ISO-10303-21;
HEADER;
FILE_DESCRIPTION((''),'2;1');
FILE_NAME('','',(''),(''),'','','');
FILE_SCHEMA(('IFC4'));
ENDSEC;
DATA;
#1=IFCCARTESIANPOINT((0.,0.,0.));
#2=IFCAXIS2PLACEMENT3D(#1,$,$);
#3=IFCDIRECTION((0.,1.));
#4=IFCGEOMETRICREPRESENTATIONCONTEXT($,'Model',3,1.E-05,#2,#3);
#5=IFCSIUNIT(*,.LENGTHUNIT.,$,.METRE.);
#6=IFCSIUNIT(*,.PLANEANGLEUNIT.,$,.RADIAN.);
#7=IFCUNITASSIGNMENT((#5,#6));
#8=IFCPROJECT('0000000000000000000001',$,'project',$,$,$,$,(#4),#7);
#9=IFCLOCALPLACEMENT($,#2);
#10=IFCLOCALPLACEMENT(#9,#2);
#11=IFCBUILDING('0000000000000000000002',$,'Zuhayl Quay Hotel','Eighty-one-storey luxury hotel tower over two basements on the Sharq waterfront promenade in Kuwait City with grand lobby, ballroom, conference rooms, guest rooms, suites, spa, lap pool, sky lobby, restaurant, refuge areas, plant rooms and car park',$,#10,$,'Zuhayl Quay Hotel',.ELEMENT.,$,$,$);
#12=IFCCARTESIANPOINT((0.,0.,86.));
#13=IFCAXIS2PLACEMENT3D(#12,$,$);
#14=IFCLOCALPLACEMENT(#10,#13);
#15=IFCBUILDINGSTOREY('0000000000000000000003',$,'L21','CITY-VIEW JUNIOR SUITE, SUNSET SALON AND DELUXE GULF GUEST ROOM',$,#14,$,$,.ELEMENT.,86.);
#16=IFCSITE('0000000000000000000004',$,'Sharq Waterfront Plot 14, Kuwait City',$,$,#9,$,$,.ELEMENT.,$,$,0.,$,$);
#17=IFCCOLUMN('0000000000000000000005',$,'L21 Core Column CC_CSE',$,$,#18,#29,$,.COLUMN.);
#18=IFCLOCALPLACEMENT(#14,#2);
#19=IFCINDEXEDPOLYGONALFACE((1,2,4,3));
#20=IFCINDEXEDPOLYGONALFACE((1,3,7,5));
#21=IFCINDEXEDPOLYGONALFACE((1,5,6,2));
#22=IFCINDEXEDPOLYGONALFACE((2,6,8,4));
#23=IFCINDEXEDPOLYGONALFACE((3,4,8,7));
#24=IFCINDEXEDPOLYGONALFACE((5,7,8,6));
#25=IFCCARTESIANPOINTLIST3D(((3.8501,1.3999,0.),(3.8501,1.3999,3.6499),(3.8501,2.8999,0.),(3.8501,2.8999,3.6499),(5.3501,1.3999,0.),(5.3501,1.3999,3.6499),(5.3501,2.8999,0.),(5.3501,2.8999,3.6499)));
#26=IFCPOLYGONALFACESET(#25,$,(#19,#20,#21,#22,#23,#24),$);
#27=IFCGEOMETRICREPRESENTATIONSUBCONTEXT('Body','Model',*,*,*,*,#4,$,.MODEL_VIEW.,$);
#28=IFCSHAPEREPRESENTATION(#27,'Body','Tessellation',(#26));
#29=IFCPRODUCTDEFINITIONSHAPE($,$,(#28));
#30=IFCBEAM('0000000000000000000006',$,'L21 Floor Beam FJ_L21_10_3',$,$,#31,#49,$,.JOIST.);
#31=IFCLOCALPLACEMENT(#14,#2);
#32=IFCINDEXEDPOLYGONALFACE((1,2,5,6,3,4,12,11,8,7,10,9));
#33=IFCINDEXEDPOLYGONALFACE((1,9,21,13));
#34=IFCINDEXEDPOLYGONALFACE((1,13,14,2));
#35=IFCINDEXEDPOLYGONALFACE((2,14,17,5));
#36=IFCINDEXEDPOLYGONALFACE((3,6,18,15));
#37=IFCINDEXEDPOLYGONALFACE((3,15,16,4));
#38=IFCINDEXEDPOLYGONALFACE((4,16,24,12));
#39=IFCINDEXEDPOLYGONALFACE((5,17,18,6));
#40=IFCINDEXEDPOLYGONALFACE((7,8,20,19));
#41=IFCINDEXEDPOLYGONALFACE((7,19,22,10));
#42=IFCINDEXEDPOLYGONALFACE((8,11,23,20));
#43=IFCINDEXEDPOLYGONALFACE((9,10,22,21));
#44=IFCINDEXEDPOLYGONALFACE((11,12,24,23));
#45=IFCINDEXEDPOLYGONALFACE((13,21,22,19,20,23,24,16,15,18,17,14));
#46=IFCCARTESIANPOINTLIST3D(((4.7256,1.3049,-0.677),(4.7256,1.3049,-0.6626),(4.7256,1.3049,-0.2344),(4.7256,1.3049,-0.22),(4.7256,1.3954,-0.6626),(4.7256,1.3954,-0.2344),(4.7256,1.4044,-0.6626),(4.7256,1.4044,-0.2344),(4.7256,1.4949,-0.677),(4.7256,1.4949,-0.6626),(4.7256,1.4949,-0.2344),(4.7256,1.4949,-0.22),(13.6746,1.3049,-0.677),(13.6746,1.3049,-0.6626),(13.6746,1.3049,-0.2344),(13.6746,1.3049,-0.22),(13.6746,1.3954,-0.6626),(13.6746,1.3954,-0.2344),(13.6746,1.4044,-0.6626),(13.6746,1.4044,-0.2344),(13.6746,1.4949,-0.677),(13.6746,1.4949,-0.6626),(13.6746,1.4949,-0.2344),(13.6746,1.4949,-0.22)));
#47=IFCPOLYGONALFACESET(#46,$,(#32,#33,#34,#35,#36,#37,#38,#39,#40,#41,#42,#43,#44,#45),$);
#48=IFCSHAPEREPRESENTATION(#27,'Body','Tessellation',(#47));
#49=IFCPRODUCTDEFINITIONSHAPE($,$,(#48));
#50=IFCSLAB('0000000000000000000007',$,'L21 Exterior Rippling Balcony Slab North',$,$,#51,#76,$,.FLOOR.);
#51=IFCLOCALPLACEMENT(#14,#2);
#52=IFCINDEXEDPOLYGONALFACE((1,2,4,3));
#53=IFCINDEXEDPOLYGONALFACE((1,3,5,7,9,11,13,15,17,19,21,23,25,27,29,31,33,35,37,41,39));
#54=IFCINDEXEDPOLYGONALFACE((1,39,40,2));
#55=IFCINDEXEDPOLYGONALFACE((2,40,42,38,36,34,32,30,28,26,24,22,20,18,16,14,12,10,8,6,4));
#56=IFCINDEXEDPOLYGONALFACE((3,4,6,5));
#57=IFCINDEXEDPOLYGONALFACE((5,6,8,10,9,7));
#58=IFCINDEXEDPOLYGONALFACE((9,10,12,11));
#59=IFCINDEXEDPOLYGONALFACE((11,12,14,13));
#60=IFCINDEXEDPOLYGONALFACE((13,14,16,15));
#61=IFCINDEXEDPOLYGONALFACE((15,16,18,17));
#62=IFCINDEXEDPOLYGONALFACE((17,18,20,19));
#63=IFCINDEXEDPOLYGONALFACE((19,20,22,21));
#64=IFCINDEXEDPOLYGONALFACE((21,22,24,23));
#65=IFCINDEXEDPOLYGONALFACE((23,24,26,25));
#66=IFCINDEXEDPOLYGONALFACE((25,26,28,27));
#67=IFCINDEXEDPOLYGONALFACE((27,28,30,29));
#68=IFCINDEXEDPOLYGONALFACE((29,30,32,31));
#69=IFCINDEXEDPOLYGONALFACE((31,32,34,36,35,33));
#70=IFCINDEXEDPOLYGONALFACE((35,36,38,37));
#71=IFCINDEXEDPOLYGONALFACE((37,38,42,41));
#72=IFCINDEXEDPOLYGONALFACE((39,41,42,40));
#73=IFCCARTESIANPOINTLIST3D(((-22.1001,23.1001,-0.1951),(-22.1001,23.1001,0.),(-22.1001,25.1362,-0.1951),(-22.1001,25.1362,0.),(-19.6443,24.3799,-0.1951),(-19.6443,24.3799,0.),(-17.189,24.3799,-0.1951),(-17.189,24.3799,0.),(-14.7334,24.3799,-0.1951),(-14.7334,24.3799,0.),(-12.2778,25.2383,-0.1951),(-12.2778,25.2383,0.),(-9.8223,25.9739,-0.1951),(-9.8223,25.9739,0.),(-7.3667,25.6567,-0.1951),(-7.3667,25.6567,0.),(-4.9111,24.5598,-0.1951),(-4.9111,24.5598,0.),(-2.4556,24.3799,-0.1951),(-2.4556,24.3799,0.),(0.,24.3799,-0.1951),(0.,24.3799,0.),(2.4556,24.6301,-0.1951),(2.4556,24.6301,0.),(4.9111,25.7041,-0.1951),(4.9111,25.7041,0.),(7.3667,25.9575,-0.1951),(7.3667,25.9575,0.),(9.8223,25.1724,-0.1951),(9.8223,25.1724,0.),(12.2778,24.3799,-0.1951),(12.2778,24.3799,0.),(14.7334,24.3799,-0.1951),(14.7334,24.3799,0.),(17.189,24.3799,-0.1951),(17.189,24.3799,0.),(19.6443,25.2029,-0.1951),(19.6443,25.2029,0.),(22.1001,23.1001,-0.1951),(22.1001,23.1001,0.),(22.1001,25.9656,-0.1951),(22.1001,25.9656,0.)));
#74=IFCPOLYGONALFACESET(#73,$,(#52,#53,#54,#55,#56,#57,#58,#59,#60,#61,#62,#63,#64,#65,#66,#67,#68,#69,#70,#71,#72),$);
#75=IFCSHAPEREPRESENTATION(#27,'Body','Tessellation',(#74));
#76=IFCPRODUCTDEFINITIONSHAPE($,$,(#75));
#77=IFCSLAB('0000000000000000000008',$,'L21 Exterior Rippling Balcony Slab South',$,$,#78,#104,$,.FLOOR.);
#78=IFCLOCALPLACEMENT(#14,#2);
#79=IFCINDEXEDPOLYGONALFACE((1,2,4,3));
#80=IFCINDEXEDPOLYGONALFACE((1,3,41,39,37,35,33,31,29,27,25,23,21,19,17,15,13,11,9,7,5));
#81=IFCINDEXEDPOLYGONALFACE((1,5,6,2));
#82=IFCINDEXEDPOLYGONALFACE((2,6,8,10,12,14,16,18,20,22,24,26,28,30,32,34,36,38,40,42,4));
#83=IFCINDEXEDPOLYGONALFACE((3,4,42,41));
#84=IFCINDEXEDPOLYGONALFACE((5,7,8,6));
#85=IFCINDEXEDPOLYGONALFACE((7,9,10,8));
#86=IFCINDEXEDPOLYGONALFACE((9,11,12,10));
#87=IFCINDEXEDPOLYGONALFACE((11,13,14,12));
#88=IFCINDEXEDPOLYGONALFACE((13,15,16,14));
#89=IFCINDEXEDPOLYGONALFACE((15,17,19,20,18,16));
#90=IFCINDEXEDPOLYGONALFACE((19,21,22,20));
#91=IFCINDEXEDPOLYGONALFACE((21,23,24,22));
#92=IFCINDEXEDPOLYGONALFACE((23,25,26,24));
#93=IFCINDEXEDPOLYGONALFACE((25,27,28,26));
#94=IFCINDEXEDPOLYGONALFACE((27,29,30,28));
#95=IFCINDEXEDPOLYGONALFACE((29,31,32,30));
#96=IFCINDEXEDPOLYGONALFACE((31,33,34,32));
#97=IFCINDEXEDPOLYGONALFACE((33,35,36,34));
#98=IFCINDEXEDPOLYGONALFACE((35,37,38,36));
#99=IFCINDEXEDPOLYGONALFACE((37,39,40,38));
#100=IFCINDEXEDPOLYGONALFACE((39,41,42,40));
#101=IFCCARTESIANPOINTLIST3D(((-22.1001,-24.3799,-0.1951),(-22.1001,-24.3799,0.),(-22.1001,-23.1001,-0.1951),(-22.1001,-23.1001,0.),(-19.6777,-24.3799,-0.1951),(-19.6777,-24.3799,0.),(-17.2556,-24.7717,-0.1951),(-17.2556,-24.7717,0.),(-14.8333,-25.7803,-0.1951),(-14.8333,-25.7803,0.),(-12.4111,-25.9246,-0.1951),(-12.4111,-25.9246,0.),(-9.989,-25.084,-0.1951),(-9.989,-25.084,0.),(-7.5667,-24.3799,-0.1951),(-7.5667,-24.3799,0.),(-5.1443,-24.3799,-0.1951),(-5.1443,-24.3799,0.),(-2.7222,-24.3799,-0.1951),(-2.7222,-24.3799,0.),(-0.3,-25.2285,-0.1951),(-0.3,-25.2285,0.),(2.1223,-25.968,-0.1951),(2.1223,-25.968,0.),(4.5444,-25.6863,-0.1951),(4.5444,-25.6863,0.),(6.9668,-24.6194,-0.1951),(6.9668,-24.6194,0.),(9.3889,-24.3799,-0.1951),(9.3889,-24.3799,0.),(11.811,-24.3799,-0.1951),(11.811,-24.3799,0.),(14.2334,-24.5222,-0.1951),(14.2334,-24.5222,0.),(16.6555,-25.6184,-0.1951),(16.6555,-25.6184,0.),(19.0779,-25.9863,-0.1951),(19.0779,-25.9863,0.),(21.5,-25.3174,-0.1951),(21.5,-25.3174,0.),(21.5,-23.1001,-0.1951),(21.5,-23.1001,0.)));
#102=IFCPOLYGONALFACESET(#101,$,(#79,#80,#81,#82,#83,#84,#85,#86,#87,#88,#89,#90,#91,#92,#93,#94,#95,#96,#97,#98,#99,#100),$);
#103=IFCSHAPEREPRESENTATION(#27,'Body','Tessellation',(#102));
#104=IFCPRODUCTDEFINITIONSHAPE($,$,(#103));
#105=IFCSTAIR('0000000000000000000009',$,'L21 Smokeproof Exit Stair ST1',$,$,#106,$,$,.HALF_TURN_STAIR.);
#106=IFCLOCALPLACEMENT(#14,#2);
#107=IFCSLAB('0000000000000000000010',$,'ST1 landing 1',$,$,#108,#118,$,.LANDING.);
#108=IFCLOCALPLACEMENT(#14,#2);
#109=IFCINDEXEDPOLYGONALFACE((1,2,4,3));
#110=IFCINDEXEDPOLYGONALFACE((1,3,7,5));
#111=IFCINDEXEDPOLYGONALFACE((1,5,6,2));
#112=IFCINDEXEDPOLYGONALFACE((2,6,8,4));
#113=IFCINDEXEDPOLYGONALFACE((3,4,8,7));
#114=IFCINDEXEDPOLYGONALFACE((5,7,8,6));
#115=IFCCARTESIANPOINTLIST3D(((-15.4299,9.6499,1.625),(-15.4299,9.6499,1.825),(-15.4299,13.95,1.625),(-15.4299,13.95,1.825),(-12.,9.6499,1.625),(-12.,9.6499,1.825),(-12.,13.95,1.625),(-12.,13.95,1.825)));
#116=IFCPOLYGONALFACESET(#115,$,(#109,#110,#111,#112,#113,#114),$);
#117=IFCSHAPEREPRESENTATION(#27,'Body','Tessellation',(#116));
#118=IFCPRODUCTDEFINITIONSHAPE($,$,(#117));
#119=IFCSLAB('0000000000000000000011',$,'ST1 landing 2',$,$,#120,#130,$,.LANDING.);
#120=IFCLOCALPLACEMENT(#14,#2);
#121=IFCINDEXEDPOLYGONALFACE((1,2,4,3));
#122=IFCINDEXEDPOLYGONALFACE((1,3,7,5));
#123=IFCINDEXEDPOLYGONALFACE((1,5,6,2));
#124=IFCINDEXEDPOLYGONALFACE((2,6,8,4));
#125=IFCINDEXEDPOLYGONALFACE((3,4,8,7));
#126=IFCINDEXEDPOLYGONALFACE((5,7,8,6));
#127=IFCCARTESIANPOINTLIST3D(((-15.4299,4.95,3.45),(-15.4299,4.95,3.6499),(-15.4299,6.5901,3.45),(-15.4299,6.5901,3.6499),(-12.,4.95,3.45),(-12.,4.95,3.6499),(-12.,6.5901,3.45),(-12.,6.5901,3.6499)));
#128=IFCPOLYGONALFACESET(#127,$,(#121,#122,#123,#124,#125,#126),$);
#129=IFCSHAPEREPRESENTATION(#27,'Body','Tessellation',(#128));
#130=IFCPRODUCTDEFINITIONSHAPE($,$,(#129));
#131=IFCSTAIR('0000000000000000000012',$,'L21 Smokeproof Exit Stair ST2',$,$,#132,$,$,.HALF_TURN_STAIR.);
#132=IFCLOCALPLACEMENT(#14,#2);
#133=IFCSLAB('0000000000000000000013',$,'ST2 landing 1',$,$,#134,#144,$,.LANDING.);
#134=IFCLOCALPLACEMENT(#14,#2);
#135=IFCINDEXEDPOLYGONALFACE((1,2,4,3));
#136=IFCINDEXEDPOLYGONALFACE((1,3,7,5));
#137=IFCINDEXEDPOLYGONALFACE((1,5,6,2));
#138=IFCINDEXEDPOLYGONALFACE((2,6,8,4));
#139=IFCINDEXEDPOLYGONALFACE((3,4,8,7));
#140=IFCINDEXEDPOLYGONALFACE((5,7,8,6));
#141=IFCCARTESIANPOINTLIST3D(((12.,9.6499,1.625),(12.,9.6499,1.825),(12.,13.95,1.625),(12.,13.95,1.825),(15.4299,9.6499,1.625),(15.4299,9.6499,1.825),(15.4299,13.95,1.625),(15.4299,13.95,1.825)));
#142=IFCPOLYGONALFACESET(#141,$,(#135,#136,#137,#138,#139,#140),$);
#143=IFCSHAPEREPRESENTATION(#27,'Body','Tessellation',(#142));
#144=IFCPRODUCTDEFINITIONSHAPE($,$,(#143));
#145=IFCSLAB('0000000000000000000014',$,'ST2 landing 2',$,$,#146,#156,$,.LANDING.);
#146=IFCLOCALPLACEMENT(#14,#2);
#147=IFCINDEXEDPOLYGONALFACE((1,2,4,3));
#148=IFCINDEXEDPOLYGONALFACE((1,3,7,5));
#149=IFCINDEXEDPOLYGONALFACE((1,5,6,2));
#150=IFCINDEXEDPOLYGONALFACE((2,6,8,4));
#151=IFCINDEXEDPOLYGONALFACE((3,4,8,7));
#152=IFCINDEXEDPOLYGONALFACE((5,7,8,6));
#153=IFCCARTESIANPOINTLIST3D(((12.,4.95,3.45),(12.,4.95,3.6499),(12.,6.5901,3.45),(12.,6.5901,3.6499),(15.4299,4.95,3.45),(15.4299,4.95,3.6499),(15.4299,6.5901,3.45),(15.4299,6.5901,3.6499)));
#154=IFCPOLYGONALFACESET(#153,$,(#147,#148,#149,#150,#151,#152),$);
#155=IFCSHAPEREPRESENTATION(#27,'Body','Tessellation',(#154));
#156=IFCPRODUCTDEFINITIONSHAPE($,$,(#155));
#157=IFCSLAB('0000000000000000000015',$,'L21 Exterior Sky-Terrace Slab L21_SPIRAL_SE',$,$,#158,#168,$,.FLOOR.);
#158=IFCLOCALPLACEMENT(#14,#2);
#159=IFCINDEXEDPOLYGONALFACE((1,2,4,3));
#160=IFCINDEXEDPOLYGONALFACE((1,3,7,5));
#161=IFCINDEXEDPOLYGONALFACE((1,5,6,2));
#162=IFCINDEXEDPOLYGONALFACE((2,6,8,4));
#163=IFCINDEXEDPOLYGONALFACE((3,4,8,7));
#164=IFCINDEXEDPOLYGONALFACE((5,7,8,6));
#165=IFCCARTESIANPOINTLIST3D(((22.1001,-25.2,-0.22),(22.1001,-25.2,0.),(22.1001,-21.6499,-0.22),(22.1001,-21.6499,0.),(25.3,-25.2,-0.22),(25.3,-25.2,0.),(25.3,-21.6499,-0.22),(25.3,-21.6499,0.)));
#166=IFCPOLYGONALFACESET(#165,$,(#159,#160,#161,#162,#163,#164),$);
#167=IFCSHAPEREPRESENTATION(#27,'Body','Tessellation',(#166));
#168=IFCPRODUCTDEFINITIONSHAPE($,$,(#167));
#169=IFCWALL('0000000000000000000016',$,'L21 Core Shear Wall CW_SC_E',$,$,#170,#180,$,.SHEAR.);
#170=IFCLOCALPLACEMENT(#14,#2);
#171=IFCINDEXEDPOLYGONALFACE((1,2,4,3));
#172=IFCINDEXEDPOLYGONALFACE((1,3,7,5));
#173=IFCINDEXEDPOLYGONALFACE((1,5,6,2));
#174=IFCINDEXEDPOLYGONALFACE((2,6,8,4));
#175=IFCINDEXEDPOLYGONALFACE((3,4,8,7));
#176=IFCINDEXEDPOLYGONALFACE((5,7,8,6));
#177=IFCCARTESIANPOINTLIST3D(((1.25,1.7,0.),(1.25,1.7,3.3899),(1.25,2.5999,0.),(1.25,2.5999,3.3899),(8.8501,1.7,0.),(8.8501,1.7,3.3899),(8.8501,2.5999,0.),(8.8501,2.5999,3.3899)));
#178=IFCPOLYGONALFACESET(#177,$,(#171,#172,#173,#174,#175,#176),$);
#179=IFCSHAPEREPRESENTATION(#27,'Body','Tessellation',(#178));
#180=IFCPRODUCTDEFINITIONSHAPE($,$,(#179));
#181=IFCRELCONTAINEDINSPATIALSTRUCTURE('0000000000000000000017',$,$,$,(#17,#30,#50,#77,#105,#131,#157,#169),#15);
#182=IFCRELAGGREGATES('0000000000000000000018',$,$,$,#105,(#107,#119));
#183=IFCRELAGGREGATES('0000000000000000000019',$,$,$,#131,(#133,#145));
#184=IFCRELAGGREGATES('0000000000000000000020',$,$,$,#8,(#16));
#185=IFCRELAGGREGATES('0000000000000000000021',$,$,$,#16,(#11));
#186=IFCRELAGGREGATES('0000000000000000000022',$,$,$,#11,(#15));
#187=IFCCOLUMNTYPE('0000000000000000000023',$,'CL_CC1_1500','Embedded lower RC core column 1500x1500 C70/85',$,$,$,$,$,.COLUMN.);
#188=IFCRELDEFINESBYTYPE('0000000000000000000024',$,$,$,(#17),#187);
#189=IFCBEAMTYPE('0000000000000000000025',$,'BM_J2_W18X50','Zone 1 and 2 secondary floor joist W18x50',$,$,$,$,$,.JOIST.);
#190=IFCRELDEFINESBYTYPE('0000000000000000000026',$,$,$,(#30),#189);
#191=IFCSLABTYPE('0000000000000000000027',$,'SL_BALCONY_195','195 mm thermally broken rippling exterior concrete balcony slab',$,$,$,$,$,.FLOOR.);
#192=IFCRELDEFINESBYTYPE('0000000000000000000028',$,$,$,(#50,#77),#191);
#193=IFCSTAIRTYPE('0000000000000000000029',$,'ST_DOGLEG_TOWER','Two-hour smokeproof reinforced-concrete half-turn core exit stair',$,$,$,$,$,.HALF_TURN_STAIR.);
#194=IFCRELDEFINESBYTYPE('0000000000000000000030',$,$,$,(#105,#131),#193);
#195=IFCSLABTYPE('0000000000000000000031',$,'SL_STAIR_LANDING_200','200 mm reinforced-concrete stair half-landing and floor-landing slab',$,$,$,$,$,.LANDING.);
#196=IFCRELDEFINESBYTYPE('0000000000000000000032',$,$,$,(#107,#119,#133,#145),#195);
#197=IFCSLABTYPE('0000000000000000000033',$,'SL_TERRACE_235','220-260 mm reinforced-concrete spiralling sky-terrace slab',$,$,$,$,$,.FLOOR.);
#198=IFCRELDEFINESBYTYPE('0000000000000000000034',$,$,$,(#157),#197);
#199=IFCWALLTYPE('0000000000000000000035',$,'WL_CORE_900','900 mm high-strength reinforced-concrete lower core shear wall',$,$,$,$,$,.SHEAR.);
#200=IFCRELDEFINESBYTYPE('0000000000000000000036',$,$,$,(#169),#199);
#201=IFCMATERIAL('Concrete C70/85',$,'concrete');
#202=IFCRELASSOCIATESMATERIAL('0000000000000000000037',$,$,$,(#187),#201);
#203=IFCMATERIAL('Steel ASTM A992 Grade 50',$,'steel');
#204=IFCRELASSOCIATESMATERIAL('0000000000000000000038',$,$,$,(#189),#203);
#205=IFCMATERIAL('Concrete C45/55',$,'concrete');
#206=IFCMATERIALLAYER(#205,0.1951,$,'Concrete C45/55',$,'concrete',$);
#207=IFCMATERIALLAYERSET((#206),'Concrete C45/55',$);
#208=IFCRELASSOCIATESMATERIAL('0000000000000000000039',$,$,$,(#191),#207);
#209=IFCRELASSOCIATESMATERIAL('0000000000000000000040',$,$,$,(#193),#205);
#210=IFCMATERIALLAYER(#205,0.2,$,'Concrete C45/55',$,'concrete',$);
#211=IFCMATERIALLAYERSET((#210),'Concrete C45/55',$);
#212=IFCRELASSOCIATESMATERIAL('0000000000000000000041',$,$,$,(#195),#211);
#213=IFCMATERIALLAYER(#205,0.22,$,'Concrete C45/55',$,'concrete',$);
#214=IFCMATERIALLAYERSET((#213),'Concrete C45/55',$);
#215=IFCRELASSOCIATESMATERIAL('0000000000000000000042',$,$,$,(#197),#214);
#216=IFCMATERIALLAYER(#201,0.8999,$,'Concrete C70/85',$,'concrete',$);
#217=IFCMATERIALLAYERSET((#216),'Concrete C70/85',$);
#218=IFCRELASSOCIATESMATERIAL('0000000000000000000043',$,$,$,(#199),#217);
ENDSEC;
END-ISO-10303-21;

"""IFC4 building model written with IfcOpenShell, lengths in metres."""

from ifc_helpers import new_model, si_unit, direction, frame, frame_2d, origin, origin_2d, place, context, subcontext, project, spatial, polyline, rectangle, i_section, outline, extrude, material, layer, layer_set, material_profile, profile_set, type_object, element, aggregate, save


model = new_model("IFC4")

# Units and contexts
model_context = context("Model", 3, precision=1e-05, world=origin(), true_north=direction((0.0, 1.0)))
body_context = subcontext(model_context, "Body", "Model", "MODEL_VIEW")
ifc_project = project(units=[si_unit("LENGTHUNIT", "METRE"), si_unit("PLANEANGLEUNIT", "RADIAN")], contexts=[model_context])

# Site, building, storey
site_placement = place(None, origin())
site = spatial("IfcSite", under=ifc_project, at=site_placement, Name="Sharq Waterfront Plot 14, Kuwait City", CompositionType="ELEMENT", RefElevation=0.0)
building_placement = place(site_placement, origin())
building = spatial("IfcBuilding", under=site, at=building_placement, Name="Zuhayl Quay Hotel", Description="Eighty-one-storey luxury hotel tower over two basements on the Sharq waterfront promenade in Kuwait City with grand lobby, ballroom, conference rooms, guest rooms, suites, spa, lap pool, sky lobby, restaurant, refuge areas, plant rooms and car park", LongName="Zuhayl Quay Hotel", CompositionType="ELEMENT")
storey_placement = place(building_placement, frame((0.0, 0.0, 86.0)))
storey = spatial("IfcBuildingStorey", under=building, at=storey_placement, Name="L21", Description="CITY-VIEW JUNIOR SUITE, SUNSET SALON AND DELUXE GULF GUEST ROOM", CompositionType="ELEMENT", Elevation=86.0)

# Column
ifc_material_1 = material(Name="Concrete C70/85", Category="concrete")
ifc_material_profile_1 = material_profile(ifc_material_1, rectangle(XDim=1.5, YDim=1.5, at=origin_2d()), Name="RC1500X1500")
ifc_profile_set_1 = profile_set([ifc_material_profile_1], Name="Concrete C70/85")
column_type = type_object("IfcColumnType", Name="CL_CC1_1500", Description="Embedded lower RC core column 1500x1500 C70/85", PredefinedType="COLUMN", material=ifc_profile_set_1)
column_placement = place(storey_placement, frame((4.6001, 2.1499, 0.0), z_axis=(0.0, 0.0, 1.0), x_axis=(1.0, 0.0, 0.0)))
element("IfcColumn", 1, at=column_placement, inside=storey, type_object=column_type, Name="L21 Core Column CC_CSE", PredefinedType="COLUMN", context=body_context, shape_type="SweptSolid", body=[
    extrude(rectangle(XDim=1.5, YDim=1.5, at=origin_2d()), origin(), (0.0, 0.0, 1.0), 3.6499),
])

# Beam
ifc_material_2 = material(Name="Steel ASTM A992 Grade 50", Category="steel")
ifc_material_profile_2 = material_profile(ifc_material_2, i_section(OverallWidth=0.1899, OverallDepth=0.457, WebThickness=0.009, FlangeThickness=0.0144, at=origin_2d()), Name="W18X50")
ifc_profile_set_2 = profile_set([ifc_material_profile_2], Name="Steel ASTM A992 Grade 50")
beam_type = type_object("IfcBeamType", Name="BM_J2_W18X50", Description="Zone 1 and 2 secondary floor joist W18x50", PredefinedType="JOIST", material=ifc_profile_set_2)
beam_placement = place(storey_placement, frame((4.7256, 1.3999, -0.4485), z_axis=(1.0, 0.0, 0.0), x_axis=(0.0, 1.0, 0.0)))
element("IfcBeam", 2, at=beam_placement, inside=storey, type_object=beam_type, Name="L21 Floor Beam FJ_L21_10_3", PredefinedType="JOIST", context=body_context, shape_type="SweptSolid", body=[
    extrude(i_section(OverallWidth=0.1899, OverallDepth=0.457, WebThickness=0.009, FlangeThickness=0.0144, at=origin_2d()), origin(), (0.0, 0.0, 1.0), 8.949),
])

# Slabs
ifc_material_3 = material(Name="Concrete C45/55", Category="concrete")
ifc_layer_1 = layer(ifc_material_3, 0.1951, Name="Concrete C45/55", Category="concrete")
ifc_layer_set_1 = layer_set([ifc_layer_1], Name="Concrete C45/55")
slab_type_1 = type_object("IfcSlabType", Name="SL_BALCONY_195", Description="195 mm thermally broken rippling exterior concrete balcony slab", PredefinedType="FLOOR", material=ifc_layer_set_1)
slab_1_placement = place(storey_placement, frame((0.0, 0.0, -0.1951)))
element("IfcSlab", 3, at=slab_1_placement, inside=storey, type_object=slab_type_1, Name="L21 Exterior Rippling Balcony Slab North", PredefinedType="FLOOR", context=body_context, shape_type="SweptSolid", body=[
    extrude(outline(polyline([(-22.1001, 23.1001), (22.1001, 23.1001), (22.1001, 25.9656), (19.6443, 25.2029), (17.189, 24.3799), (14.7334, 24.3799), (12.2778, 24.3799), (9.8223, 25.1724), (7.3667, 25.9575), (4.9111, 25.7041), (2.4556, 24.6301), (0.0, 24.3799), (-2.4556, 24.3799), (-4.9111, 24.5598), (-7.3667, 25.6567), (-9.8223, 25.9739), (-12.2778, 25.2383), (-14.7334, 24.3799), (-17.189, 24.3799), (-19.6443, 24.3799), (-22.1001, 25.1362), (-22.1001, 23.1001)])), origin(), (0.0, 0.0, 1.0), 0.1951),
])
slab_2_placement = place(storey_placement, frame((0.0, 0.0, -0.1951)))
element("IfcSlab", 4, at=slab_2_placement, inside=storey, type_object=slab_type_1, Name="L21 Exterior Rippling Balcony Slab South", PredefinedType="FLOOR", context=body_context, shape_type="SweptSolid", body=[
    extrude(outline(polyline([(-22.1001, -24.3799), (-19.6777, -24.3799), (-17.2556, -24.7717), (-14.8333, -25.7803), (-12.4111, -25.9246), (-9.989, -25.084), (-7.5667, -24.3799), (-5.1443, -24.3799), (-2.7222, -24.3799), (-0.3, -25.2285), (2.1223, -25.968), (4.5444, -25.6863), (6.9668, -24.6194), (9.3889, -24.3799), (11.811, -24.3799), (14.2334, -24.5222), (16.6555, -25.6184), (19.0779, -25.9863), (21.5, -25.3174), (21.5, -23.1001), (-22.1001, -23.1001), (-22.1001, -24.3799)])), origin(), (0.0, 0.0, 1.0), 0.1951),
])

# Stairs, slabs
stair_type = type_object("IfcStairType", Name="ST_DOGLEG_TOWER", Description="Two-hour smokeproof reinforced-concrete half-turn core exit stair", PredefinedType="HALF_TURN_STAIR", material=ifc_material_3)
stair_1_placement = place(storey_placement, origin())
stair_1 = element("IfcStair", 5, at=stair_1_placement, inside=storey, type_object=stair_type, Name="L21 Smokeproof Exit Stair ST1", PredefinedType="HALF_TURN_STAIR")
ifc_layer_2 = layer(ifc_material_3, 0.2, Name="Concrete C45/55", Category="concrete")
ifc_layer_set_2 = layer_set([ifc_layer_2], Name="Concrete C45/55")
slab_type_2 = type_object("IfcSlabType", Name="SL_STAIR_LANDING_200", Description="200 mm reinforced-concrete stair half-landing and floor-landing slab", PredefinedType="LANDING", material=ifc_layer_set_2)
slab_3_placement = place(storey_placement, frame((0.0, 0.0, 1.625)))
slab_3 = element("IfcSlab", 6, at=slab_3_placement, type_object=slab_type_2, Name="ST1 landing 1", PredefinedType="LANDING", context=body_context, shape_type="SweptSolid", body=[
    extrude(outline(polyline([(-12.0, 9.6499), (-12.0, 13.95), (-15.4299, 13.95), (-15.4299, 9.6499), (-12.0, 9.6499)])), origin(), (0.0, 0.0, 1.0), 0.2),
])
slab_4_placement = place(storey_placement, frame((0.0, 0.0, 3.45)))
slab_4 = element("IfcSlab", 7, at=slab_4_placement, type_object=slab_type_2, Name="ST1 landing 2", PredefinedType="LANDING", context=body_context, shape_type="SweptSolid", body=[
    extrude(outline(polyline([(-12.0, 4.95), (-12.0, 6.5901), (-15.4299, 6.5901), (-15.4299, 4.95), (-12.0, 4.95)])), origin(), (0.0, 0.0, 1.0), 0.2),
])
aggregate(stair_1, [slab_3, slab_4])
stair_2_placement = place(storey_placement, origin())
stair_2 = element("IfcStair", 8, at=stair_2_placement, inside=storey, type_object=stair_type, Name="L21 Smokeproof Exit Stair ST2", PredefinedType="HALF_TURN_STAIR")
slab_5_placement = place(storey_placement, frame((0.0, 0.0, 1.625)))
slab_5 = element("IfcSlab", 9, at=slab_5_placement, type_object=slab_type_2, Name="ST2 landing 1", PredefinedType="LANDING", context=body_context, shape_type="SweptSolid", body=[
    extrude(outline(polyline([(15.4299, 9.6499), (15.4299, 13.95), (12.0, 13.95), (12.0, 9.6499), (15.4299, 9.6499)])), origin(), (0.0, 0.0, 1.0), 0.2),
])
slab_6_placement = place(storey_placement, frame((0.0, 0.0, 3.45)))
slab_6 = element("IfcSlab", 10, at=slab_6_placement, type_object=slab_type_2, Name="ST2 landing 2", PredefinedType="LANDING", context=body_context, shape_type="SweptSolid", body=[
    extrude(outline(polyline([(15.4299, 4.95), (15.4299, 6.5901), (12.0, 6.5901), (12.0, 4.95), (15.4299, 4.95)])), origin(), (0.0, 0.0, 1.0), 0.2),
])
aggregate(stair_2, [slab_5, slab_6])

# Slab
ifc_layer_3 = layer(ifc_material_3, 0.22, Name="Concrete C45/55", Category="concrete")
ifc_layer_set_3 = layer_set([ifc_layer_3], Name="Concrete C45/55")
slab_type_3 = type_object("IfcSlabType", Name="SL_TERRACE_235", Description="220-260 mm reinforced-concrete spiralling sky-terrace slab", PredefinedType="FLOOR", material=ifc_layer_set_3)
slab_7_placement = place(storey_placement, frame((0.0, 0.0, -0.22)))
element("IfcSlab", 11, at=slab_7_placement, inside=storey, type_object=slab_type_3, Name="L21 Exterior Sky-Terrace Slab L21_SPIRAL_SE", PredefinedType="FLOOR", context=body_context, shape_type="SweptSolid", body=[
    extrude(outline(polyline([(22.1001, -25.2), (25.3, -25.2), (25.3, -21.6499), (22.1001, -21.6499), (22.1001, -25.2)])), origin(), (0.0, 0.0, 1.0), 0.22),
])

# Wall
ifc_layer_4 = layer(ifc_material_1, 0.8999, Name="Concrete C70/85", Category="concrete")
ifc_layer_set_4 = layer_set([ifc_layer_4], Name="Concrete C70/85")
wall_type_1 = type_object("IfcWallType", Name="WL_CORE_900", Description="900 mm high-strength reinforced-concrete lower core shear wall", PredefinedType="SHEAR", material=ifc_layer_set_4)
wall_1_placement = place(storey_placement, frame((1.25, 2.1499, 0.0), z_axis=(0.0, 0.0, 1.0), x_axis=(1.0, 0.0, 0.0)))
element("IfcWall", 12, at=wall_1_placement, inside=storey, type_object=wall_type_1, Name="L21 Core Shear Wall CW_SC_E", PredefinedType="SHEAR", context=body_context, shape_type="SweptSolid", body=[
    extrude(rectangle(XDim=7.6001, YDim=0.8999, at=frame_2d((3.8, 0.0))), origin(), (0.0, 0.0, 1.0), 3.3899),
])

save(model, "model.ifc")
